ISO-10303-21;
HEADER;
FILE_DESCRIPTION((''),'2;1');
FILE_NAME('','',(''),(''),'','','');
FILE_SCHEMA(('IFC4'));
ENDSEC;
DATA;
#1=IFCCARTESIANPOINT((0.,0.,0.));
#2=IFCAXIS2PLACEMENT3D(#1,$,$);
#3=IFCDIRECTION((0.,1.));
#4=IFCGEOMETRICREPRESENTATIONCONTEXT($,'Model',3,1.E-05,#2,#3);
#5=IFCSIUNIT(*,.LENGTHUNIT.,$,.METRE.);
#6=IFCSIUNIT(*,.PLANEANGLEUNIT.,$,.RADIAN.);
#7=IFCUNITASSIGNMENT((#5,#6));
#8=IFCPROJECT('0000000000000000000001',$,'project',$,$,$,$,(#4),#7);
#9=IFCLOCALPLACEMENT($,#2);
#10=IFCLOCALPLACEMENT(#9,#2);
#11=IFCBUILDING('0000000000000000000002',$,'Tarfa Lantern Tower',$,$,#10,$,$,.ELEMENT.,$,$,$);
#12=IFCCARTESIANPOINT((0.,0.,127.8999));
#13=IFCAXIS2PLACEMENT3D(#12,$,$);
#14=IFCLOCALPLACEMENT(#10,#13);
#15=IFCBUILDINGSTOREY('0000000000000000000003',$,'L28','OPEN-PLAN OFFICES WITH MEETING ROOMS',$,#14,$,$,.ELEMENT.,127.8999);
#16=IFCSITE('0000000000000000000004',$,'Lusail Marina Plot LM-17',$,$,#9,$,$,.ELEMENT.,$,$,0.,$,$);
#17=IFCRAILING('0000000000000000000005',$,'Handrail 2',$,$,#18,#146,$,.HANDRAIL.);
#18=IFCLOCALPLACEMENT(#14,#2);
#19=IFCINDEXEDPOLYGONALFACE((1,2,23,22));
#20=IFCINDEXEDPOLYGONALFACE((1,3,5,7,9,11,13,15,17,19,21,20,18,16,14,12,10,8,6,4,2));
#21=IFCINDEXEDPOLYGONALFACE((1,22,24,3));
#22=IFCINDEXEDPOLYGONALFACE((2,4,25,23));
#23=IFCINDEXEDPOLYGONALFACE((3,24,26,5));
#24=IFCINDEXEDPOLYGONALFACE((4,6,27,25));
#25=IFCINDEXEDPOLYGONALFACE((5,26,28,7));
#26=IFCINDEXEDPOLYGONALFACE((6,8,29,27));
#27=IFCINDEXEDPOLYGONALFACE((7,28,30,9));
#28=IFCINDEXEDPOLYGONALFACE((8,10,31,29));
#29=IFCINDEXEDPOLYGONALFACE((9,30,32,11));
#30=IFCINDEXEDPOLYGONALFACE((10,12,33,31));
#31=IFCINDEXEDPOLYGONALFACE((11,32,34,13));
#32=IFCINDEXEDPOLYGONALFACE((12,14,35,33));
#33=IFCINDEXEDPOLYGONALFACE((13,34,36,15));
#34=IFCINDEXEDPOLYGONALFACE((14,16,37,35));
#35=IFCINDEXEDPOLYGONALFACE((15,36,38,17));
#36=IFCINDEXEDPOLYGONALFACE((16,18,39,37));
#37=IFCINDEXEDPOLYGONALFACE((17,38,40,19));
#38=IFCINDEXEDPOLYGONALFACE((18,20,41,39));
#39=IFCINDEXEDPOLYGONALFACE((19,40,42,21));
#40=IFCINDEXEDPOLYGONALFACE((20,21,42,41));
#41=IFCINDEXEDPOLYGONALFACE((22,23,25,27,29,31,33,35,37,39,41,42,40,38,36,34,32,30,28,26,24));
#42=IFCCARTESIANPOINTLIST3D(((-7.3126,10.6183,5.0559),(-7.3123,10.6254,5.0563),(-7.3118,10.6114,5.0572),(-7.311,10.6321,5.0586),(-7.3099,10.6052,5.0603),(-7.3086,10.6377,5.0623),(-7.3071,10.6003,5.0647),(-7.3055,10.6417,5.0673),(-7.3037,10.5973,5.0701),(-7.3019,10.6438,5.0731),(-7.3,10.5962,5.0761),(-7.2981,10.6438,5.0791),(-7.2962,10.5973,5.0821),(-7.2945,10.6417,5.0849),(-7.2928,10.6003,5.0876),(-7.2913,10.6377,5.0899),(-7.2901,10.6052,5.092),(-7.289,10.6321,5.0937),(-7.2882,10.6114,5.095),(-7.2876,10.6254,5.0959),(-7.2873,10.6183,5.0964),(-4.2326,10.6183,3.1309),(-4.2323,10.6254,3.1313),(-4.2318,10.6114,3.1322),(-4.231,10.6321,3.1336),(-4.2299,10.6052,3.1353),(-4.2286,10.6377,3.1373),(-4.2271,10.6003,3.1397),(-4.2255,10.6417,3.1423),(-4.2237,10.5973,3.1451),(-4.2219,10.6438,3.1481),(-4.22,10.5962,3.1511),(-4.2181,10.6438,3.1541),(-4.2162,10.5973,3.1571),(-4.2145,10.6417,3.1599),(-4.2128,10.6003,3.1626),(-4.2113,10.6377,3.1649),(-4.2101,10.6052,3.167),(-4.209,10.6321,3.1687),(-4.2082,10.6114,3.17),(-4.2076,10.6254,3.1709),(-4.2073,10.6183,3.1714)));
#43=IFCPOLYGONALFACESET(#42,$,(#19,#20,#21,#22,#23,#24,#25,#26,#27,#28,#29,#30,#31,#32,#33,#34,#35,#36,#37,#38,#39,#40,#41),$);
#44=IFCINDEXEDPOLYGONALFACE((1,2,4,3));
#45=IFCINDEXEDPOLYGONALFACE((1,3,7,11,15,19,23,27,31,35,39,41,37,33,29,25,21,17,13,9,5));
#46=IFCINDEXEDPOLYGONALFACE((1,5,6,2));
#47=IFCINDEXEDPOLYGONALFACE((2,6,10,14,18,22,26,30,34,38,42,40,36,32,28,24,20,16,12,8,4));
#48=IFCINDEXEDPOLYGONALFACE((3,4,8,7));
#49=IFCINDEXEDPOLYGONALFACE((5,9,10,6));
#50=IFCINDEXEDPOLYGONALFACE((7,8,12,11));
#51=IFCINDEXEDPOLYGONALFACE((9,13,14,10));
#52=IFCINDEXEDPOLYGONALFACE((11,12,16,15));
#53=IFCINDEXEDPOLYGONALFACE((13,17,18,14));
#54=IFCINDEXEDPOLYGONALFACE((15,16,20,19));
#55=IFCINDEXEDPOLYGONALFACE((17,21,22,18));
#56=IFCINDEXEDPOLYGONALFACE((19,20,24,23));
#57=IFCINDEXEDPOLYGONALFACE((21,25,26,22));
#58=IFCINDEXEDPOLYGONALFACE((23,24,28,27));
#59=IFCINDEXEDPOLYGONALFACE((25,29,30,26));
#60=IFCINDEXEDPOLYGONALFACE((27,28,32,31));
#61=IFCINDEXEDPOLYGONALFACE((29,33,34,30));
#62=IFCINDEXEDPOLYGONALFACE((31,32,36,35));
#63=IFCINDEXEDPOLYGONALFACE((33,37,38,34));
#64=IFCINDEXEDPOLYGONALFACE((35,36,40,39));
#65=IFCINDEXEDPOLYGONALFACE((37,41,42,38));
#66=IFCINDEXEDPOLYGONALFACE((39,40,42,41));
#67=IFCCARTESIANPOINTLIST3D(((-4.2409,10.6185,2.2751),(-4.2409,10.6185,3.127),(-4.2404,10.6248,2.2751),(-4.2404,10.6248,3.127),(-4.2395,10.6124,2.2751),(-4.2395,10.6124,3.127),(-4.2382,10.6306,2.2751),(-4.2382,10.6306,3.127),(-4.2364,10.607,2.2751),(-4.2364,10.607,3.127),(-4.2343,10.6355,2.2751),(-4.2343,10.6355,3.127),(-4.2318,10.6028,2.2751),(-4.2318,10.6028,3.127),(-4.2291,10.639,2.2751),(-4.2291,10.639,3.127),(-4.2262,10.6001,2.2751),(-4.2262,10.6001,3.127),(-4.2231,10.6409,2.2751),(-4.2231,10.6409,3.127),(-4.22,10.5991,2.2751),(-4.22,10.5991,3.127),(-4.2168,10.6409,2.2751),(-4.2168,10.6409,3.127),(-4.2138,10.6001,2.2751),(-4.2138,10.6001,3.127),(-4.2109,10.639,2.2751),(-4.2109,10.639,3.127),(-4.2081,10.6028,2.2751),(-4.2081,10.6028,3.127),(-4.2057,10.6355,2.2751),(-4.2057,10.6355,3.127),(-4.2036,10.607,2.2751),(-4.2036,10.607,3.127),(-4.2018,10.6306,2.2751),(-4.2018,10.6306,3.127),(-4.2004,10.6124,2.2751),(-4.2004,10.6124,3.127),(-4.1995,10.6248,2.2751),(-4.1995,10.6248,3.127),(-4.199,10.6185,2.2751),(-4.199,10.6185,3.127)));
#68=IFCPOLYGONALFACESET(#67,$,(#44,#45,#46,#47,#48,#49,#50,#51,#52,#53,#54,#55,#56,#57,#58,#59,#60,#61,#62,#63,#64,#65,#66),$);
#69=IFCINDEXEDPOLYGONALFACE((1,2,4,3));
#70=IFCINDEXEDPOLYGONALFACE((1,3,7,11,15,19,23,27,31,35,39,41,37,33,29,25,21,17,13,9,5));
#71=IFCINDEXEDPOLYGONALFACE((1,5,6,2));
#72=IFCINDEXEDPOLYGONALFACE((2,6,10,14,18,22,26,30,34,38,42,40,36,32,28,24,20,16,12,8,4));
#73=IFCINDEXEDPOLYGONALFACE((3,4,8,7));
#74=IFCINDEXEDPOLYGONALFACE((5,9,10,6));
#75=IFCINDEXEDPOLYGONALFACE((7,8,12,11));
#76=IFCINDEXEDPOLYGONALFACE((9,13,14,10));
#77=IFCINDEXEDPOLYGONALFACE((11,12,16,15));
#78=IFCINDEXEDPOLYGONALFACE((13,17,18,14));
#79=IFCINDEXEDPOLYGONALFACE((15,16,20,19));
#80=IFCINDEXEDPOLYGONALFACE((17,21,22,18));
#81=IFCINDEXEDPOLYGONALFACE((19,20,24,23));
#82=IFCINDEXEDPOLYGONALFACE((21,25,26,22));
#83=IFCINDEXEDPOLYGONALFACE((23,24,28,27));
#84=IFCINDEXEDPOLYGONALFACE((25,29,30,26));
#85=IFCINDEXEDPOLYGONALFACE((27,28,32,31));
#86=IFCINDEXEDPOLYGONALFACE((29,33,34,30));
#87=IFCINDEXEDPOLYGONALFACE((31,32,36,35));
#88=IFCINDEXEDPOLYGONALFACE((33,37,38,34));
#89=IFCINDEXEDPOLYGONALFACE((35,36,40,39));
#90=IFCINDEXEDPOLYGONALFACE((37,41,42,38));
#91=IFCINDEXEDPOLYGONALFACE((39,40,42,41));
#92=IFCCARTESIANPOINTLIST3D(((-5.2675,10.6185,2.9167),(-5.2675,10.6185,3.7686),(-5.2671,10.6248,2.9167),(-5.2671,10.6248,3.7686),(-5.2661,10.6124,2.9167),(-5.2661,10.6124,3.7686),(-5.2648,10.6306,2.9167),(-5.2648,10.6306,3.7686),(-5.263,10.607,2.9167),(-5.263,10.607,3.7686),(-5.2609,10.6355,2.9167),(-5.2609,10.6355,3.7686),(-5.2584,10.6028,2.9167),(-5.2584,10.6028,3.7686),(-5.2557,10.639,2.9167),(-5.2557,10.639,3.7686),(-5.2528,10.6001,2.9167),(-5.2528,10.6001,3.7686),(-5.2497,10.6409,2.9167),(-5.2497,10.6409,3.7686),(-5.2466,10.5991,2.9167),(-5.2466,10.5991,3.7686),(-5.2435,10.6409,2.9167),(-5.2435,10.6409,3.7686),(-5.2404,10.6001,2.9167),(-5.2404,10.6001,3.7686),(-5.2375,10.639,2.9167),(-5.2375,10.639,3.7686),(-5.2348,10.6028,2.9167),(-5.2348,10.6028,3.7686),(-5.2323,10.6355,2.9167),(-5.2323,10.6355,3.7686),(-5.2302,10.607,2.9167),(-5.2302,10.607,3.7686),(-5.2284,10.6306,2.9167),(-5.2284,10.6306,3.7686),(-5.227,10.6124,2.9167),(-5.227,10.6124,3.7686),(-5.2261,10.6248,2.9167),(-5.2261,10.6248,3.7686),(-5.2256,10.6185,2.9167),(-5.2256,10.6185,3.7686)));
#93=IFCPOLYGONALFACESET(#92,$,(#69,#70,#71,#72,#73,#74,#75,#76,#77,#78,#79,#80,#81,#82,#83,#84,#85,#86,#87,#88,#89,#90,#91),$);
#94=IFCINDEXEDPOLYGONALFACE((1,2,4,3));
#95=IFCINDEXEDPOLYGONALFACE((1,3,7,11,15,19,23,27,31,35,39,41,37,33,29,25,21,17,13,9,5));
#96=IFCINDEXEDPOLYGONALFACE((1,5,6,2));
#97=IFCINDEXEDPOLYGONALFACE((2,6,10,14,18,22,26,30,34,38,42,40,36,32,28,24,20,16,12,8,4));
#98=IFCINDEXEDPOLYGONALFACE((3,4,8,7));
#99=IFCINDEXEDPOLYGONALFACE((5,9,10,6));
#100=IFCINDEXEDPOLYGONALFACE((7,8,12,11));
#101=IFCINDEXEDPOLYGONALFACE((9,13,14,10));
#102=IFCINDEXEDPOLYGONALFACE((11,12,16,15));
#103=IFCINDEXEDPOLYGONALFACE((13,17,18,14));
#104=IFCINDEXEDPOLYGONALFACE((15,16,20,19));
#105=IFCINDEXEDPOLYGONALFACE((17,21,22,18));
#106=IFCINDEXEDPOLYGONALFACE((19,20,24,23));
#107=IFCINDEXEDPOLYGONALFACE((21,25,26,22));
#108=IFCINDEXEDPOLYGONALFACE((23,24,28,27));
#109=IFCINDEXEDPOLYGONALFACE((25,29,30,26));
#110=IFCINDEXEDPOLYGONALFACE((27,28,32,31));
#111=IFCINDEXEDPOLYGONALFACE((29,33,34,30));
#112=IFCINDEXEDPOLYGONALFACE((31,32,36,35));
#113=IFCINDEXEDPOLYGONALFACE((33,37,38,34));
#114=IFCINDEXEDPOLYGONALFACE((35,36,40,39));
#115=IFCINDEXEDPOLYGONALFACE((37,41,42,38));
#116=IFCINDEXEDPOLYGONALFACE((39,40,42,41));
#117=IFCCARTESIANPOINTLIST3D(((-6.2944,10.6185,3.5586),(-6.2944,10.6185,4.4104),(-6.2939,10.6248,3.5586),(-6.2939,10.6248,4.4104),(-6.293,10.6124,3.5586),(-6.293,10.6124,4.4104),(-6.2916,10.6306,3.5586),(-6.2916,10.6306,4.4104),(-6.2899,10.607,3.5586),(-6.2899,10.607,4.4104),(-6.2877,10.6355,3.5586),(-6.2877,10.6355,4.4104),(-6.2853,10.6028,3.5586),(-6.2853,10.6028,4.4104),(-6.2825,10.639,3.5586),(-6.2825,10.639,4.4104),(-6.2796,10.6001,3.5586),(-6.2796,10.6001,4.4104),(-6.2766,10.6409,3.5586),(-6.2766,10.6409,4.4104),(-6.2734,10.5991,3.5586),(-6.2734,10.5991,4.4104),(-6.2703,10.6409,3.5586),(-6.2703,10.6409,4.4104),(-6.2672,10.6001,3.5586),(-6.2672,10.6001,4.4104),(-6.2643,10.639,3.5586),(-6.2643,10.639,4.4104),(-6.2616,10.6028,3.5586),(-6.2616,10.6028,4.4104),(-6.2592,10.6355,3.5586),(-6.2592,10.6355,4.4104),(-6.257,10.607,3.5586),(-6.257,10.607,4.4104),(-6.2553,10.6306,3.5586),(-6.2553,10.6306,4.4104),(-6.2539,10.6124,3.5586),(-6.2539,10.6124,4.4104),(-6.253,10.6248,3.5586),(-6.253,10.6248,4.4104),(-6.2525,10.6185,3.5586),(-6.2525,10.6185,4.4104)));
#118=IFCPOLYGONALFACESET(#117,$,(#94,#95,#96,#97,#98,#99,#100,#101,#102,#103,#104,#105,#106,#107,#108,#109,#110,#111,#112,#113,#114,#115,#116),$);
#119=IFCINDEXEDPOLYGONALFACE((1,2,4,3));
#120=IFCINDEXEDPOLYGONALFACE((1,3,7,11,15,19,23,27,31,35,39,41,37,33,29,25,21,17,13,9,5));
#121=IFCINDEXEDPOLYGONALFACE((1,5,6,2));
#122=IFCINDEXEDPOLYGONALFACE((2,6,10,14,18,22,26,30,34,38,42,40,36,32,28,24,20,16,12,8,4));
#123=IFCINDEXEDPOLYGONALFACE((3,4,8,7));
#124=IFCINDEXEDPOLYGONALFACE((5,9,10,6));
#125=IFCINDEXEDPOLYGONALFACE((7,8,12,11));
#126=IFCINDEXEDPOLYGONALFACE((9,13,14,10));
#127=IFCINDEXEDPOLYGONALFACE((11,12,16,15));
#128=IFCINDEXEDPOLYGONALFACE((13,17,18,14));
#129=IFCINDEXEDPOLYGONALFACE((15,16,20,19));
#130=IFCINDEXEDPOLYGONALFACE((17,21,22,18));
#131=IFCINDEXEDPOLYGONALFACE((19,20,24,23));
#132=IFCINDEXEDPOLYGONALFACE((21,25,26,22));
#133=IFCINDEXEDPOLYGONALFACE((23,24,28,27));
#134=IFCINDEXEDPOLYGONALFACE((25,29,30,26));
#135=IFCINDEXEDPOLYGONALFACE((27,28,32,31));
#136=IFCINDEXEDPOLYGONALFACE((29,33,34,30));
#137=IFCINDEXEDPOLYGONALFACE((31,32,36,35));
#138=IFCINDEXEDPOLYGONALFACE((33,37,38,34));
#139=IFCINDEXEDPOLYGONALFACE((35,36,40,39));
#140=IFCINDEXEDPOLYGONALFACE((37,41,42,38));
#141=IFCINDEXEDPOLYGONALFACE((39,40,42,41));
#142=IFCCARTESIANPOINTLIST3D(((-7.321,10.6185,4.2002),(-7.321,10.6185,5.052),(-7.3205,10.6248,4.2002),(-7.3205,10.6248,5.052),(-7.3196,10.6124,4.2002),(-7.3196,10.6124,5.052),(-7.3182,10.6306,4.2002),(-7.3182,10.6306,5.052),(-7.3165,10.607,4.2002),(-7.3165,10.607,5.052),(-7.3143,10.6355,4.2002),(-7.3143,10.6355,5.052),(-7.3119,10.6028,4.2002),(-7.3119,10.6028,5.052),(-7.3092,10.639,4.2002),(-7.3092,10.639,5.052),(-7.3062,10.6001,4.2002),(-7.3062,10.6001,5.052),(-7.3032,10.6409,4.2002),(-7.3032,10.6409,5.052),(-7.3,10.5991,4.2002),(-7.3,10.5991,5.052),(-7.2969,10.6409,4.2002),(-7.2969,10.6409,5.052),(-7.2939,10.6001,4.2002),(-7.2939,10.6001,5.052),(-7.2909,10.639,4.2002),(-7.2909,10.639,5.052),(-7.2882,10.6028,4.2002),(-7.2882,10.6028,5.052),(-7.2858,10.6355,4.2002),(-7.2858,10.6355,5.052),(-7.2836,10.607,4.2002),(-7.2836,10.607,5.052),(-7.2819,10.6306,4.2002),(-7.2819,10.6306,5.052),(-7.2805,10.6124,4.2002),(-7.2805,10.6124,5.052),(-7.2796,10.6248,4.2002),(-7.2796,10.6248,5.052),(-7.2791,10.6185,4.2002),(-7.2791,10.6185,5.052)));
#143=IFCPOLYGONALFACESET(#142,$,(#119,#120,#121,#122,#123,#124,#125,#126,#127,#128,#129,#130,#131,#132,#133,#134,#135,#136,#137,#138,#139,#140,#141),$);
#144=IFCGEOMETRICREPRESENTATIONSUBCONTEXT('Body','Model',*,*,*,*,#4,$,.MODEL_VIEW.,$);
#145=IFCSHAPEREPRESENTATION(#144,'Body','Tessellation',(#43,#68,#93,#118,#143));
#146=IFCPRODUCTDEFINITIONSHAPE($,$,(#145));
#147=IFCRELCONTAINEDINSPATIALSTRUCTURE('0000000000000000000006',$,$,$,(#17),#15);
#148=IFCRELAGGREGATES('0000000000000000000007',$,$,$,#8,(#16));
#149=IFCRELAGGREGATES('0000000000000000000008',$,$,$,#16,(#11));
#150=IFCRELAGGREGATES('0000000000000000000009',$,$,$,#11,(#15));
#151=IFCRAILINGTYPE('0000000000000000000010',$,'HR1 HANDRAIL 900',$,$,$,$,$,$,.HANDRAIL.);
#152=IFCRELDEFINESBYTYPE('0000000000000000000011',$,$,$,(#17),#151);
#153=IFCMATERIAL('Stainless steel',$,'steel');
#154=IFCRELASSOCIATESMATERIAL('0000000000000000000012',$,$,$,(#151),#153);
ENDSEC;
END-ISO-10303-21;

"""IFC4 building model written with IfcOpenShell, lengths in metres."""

from ifc_helpers import new_model, si_unit, direction, frame, origin, origin_2d, place, context, subcontext, project, spatial, circle, extrude, material, type_object, element, save


model = new_model("IFC4")

# Units and contexts
model_context = context("Model", 3, precision=1e-05, world=origin(), true_north=direction((0.0, 1.0)))
body_context = subcontext(model_context, "Body", "Model", "MODEL_VIEW")
ifc_project = project(units=[si_unit("LENGTHUNIT", "METRE"), si_unit("PLANEANGLEUNIT", "RADIAN")], contexts=[model_context])

# Site, building, storey
site_placement = place(None, origin())
site = spatial("IfcSite", under=ifc_project, at=site_placement, Name="Lusail Marina Plot LM-17", CompositionType="ELEMENT", RefElevation=0.0)
building_placement = place(site_placement, origin())
building = spatial("IfcBuilding", under=site, at=building_placement, Name="Tarfa Lantern Tower", CompositionType="ELEMENT")
storey_placement = place(building_placement, frame((0.0, 0.0, 127.8999)))
storey = spatial("IfcBuildingStorey", under=building, at=storey_placement, Name="L28", Description="OPEN-PLAN OFFICES WITH MEETING ROOMS", CompositionType="ELEMENT", Elevation=127.8999)

# Railing
ifc_material_1 = material(Name="Stainless steel", Category="steel")
railing_type = type_object("IfcRailingType", Name="HR1 HANDRAIL 900", PredefinedType="HANDRAIL", material=ifc_material_1)
railing_1_placement = place(storey_placement, frame((-4.22, 10.6201, 2.2751)))
element("IfcRailing", 1, at=railing_1_placement, inside=storey, type_object=railing_type, Name="Handrail 2", PredefinedType="HANDRAIL", context=body_context, shape_type="SweptSolid", body=[
    extrude(circle(Radius=0.0239, at=origin_2d()), frame((0.0, 0.0, 0.876), z_axis=(-0.847998, 0.0, 0.529999), x_axis=(0.0, -1.0, 0.0)), (0.0, 0.0, 1.0), 3.6321),
    extrude(circle(Radius=0.021, at=origin_2d()), frame((0.0, 0.0, 0.0), z_axis=(0.0, 0.0, 1.0), x_axis=(0.0, -1.0, 0.0)), (0.0, 0.0, 1.0), 0.8518),
    extrude(circle(Radius=0.021, at=origin_2d()), frame((-1.0266, 0.0, 0.6416), z_axis=(0.0, 0.0, 1.0), x_axis=(0.0, -1.0, 0.0)), (0.0, 0.0, 1.0), 0.8518),
    extrude(circle(Radius=0.021, at=origin_2d()), frame((-2.0535, 0.0, 1.2834), z_axis=(0.0, 0.0, 1.0), x_axis=(0.0, -1.0, 0.0)), (0.0, 0.0, 1.0), 0.8518),
    extrude(circle(Radius=0.021, at=origin_2d()), frame((-3.0801, 0.0, 1.925), z_axis=(0.0, 0.0, 1.0), x_axis=(0.0, -1.0, 0.0)), (0.0, 0.0, 1.0), 0.8518),
])

save(model, "model.ifc")
